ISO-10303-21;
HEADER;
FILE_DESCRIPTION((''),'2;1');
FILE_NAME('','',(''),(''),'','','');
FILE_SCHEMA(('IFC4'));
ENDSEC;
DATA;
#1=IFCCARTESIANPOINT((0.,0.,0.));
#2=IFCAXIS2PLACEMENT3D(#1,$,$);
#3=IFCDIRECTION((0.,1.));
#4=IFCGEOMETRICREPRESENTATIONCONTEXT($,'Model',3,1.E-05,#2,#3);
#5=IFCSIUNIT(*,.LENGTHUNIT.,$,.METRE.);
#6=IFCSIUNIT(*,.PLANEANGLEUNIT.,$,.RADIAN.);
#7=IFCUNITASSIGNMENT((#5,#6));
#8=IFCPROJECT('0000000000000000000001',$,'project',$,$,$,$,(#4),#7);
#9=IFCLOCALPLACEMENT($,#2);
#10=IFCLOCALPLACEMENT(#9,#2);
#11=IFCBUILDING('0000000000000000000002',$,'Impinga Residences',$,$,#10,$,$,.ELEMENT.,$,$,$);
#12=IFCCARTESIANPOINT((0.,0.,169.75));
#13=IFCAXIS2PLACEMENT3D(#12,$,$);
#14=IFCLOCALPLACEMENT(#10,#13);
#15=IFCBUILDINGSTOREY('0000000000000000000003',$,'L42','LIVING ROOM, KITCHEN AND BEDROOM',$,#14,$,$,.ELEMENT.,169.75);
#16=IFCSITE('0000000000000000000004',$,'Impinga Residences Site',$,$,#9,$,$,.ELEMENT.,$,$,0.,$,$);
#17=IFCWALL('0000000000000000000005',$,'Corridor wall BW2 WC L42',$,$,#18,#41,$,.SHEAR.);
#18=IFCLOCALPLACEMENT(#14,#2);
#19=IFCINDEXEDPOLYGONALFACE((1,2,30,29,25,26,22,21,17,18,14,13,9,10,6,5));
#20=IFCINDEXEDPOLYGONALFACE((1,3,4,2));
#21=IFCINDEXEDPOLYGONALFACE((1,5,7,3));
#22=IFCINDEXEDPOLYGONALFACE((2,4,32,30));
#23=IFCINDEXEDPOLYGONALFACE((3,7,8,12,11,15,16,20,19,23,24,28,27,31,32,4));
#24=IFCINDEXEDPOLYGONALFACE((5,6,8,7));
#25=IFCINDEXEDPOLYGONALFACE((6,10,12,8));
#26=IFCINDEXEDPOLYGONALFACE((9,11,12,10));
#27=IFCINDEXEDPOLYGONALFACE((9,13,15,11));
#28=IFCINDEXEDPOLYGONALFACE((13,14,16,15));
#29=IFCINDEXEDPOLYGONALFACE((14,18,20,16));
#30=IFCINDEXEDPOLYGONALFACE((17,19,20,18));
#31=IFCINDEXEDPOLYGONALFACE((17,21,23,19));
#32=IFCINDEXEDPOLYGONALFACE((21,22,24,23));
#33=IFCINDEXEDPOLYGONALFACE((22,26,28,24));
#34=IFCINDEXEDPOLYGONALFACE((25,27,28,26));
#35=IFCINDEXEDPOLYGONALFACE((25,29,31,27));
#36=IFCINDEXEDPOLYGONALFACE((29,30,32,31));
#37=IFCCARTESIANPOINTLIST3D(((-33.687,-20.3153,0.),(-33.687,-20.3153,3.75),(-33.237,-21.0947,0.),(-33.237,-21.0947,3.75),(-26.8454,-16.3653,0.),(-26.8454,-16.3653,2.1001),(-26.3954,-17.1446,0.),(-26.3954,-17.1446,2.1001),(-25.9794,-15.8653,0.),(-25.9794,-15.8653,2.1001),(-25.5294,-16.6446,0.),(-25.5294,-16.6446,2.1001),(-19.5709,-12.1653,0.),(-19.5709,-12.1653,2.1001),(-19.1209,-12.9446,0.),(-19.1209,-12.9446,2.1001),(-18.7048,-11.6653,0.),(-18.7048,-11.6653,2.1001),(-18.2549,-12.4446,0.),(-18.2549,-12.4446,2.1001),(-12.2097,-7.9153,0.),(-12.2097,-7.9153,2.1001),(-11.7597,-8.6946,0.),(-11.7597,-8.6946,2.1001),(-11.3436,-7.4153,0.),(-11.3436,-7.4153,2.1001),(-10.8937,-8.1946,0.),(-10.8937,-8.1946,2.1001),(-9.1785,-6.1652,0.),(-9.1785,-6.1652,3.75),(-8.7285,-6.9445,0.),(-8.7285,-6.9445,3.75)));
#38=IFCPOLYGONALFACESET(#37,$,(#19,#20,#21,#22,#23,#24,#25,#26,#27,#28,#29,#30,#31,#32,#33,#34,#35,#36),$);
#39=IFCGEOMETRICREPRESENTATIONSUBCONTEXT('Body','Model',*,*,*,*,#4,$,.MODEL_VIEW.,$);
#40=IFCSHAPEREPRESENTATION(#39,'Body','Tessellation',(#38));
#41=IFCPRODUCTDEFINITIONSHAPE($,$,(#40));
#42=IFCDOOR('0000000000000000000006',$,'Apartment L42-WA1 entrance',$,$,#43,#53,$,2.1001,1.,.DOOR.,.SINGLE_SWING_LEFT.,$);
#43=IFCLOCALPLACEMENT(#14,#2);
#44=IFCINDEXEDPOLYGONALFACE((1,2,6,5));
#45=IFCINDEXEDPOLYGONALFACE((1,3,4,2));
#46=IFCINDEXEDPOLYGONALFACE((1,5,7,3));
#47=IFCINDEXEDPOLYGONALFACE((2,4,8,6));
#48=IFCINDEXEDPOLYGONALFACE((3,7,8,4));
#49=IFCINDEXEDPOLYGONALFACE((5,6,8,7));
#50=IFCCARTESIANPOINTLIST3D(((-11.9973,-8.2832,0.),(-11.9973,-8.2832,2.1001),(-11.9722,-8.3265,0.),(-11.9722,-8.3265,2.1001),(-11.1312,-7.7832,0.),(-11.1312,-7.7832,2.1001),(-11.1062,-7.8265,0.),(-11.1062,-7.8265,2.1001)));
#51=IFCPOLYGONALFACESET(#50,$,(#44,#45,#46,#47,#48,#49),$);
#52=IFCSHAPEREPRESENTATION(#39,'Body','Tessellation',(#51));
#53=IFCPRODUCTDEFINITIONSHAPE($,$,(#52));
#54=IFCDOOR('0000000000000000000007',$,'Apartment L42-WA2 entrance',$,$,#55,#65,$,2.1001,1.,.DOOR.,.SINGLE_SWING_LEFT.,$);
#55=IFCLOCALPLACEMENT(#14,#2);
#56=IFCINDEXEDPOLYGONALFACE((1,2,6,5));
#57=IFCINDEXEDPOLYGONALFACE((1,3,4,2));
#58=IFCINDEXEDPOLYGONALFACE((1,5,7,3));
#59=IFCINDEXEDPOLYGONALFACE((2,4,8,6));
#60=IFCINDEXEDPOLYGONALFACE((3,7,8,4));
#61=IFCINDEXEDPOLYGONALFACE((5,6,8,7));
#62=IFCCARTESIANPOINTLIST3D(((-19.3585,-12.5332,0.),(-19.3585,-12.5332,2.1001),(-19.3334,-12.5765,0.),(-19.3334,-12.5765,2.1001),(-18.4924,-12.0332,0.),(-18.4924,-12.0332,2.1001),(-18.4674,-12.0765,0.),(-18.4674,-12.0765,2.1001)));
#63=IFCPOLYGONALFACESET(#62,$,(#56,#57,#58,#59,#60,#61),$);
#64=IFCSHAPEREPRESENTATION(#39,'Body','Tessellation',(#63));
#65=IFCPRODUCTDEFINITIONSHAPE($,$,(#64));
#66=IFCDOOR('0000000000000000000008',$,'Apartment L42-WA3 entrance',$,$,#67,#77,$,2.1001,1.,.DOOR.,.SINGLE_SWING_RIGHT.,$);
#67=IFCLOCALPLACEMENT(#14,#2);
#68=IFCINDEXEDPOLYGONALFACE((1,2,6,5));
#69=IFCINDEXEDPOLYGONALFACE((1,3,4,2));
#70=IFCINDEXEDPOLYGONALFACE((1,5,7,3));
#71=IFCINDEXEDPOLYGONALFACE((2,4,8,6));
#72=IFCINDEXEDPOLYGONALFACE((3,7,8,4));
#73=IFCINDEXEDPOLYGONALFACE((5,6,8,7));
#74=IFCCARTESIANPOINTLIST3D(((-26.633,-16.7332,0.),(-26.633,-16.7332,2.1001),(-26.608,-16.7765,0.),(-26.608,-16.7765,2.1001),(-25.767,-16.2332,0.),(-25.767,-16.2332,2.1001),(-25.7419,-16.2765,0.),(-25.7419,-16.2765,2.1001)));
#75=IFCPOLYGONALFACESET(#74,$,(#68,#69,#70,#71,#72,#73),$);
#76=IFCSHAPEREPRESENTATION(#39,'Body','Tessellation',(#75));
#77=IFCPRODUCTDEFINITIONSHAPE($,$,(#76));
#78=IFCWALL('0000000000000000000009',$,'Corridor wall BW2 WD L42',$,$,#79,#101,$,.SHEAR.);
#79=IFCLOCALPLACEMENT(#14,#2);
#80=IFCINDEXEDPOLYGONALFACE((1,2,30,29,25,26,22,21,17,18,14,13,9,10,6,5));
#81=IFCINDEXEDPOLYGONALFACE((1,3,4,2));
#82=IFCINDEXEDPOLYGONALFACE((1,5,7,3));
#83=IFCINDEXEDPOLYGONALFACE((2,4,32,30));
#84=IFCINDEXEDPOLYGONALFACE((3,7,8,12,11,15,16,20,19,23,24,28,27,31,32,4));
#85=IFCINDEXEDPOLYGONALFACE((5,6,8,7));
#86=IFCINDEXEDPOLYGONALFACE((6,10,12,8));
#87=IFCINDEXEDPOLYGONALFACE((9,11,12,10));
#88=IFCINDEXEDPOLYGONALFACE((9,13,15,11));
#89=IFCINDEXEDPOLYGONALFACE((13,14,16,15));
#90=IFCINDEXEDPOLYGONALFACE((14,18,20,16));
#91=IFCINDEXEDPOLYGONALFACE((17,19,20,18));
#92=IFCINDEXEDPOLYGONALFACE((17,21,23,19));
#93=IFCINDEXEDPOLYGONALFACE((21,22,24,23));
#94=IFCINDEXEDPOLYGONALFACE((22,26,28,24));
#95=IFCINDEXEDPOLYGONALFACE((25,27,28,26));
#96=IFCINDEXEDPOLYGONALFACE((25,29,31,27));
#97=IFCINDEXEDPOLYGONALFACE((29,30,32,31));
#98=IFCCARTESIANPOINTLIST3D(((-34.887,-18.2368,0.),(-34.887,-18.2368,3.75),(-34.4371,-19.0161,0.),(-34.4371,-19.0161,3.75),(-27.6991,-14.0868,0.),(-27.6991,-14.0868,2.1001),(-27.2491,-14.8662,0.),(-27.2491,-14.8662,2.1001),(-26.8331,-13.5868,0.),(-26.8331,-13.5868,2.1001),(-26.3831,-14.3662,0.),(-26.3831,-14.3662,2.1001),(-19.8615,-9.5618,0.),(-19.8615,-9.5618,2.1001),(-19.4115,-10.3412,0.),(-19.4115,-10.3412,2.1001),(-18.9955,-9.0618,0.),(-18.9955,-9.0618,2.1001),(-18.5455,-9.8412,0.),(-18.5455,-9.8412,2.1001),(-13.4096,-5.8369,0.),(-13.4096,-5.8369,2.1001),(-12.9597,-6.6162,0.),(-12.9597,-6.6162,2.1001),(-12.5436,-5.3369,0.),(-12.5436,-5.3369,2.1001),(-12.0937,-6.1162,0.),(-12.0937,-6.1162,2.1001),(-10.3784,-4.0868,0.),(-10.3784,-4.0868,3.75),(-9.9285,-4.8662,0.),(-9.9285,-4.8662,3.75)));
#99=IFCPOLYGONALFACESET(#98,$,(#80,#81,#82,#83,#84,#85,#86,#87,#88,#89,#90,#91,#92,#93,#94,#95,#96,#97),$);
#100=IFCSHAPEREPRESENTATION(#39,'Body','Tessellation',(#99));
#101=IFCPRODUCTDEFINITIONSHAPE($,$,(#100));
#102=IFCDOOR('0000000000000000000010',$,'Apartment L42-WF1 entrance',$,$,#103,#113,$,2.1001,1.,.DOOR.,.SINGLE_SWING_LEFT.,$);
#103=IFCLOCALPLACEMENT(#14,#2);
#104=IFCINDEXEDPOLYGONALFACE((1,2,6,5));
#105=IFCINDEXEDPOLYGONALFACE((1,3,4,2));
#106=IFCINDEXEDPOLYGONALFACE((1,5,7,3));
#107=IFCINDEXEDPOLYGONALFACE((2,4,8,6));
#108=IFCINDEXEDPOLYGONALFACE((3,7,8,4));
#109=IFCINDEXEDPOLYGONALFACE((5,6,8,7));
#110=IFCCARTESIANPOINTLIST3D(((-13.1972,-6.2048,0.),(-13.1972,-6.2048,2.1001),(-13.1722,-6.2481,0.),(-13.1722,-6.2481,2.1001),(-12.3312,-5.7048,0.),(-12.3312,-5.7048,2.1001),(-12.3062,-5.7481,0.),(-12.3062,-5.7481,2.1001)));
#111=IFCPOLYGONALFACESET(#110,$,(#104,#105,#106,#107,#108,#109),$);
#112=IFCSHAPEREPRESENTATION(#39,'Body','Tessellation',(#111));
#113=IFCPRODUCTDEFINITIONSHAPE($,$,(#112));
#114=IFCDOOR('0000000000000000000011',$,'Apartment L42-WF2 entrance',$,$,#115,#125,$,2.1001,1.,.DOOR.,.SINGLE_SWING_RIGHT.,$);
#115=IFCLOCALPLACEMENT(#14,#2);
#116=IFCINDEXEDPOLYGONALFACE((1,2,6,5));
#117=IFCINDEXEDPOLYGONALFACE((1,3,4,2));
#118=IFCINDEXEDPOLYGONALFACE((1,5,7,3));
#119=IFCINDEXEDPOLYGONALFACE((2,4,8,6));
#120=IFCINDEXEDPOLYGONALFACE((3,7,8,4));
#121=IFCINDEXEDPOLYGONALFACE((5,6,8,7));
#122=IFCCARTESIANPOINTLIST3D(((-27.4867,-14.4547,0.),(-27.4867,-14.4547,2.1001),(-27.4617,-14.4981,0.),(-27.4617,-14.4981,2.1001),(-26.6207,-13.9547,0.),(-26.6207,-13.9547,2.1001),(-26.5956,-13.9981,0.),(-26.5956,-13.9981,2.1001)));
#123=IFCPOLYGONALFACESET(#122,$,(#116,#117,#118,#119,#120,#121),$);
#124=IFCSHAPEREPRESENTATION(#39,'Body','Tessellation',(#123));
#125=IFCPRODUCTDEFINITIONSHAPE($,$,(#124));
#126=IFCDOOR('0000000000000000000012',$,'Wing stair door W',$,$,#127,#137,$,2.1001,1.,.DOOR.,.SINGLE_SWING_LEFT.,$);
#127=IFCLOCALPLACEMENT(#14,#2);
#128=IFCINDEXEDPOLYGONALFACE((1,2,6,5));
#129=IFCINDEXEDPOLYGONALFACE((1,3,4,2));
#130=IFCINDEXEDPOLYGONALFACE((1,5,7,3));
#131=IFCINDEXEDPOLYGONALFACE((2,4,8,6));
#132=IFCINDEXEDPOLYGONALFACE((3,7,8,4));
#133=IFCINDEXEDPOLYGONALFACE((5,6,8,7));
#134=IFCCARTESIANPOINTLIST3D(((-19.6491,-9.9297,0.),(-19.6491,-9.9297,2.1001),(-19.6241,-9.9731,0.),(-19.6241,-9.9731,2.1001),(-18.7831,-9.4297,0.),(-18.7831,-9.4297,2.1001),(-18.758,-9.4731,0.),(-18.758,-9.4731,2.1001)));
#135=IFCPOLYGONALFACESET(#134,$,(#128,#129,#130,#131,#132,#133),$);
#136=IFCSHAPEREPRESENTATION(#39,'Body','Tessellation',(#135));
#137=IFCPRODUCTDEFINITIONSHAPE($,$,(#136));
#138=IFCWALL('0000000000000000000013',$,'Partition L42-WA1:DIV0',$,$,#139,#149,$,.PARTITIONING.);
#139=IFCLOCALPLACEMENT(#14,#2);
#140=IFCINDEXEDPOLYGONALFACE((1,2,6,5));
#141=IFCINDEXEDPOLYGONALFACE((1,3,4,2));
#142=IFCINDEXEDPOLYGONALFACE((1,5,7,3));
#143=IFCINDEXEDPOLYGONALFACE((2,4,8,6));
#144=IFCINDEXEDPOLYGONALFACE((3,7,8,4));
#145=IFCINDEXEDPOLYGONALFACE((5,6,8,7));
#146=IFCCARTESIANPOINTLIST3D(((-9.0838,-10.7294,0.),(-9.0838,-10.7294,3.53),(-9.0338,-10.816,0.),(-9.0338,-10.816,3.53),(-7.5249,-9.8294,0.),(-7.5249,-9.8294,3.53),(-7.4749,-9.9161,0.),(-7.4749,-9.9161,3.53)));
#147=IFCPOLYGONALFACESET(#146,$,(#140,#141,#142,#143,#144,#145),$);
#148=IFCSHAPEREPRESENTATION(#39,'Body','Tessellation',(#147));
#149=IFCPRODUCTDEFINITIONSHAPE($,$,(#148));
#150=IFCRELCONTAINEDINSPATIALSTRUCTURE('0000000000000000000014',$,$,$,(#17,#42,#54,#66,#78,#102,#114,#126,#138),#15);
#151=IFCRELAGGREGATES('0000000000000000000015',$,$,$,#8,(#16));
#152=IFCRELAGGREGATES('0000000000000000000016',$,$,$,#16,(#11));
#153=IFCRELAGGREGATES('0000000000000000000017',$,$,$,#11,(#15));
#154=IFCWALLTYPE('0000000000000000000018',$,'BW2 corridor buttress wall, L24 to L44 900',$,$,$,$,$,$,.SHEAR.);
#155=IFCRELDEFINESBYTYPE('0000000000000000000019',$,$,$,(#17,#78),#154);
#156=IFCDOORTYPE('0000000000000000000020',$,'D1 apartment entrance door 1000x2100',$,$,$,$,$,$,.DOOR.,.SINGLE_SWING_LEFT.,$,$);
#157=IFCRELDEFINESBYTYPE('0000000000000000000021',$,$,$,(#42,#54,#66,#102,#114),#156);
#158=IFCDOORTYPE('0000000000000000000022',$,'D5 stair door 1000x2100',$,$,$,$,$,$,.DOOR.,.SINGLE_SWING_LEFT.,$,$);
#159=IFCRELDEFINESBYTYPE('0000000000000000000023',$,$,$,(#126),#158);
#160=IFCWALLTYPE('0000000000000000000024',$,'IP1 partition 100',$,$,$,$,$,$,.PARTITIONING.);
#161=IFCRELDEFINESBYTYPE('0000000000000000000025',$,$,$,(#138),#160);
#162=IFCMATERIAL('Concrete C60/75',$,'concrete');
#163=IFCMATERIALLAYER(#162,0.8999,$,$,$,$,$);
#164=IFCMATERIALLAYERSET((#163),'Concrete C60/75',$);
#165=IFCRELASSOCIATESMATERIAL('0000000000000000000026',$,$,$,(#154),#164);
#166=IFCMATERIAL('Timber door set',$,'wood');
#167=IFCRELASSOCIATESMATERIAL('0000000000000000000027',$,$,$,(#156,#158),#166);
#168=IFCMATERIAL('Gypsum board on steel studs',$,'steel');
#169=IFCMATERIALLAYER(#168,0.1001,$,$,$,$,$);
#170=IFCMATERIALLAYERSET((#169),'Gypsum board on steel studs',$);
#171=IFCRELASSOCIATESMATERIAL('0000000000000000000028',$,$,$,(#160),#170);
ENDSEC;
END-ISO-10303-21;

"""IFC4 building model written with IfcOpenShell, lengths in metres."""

from ifc_helpers import new_model, si_unit, direction, frame, frame_2d, origin, place, context, subcontext, project, spatial, rectangle, extrude, material, layer, layer_set, type_object, element, fill, save


model = new_model("IFC4")

# Units and contexts
model_context = context("Model", 3, precision=1e-05, world=origin(), true_north=direction((0.0, 1.0)))
body_context = subcontext(model_context, "Body", "Model", "MODEL_VIEW")
ifc_project = project(units=[si_unit("LENGTHUNIT", "METRE"), si_unit("PLANEANGLEUNIT", "RADIAN")], contexts=[model_context])

# Site, building, storey
site_placement = place(None, origin())
site = spatial("IfcSite", under=ifc_project, at=site_placement, Name="Impinga Residences Site", CompositionType="ELEMENT", RefElevation=0.0)
building_placement = place(site_placement, origin())
building = spatial("IfcBuilding", under=site, at=building_placement, Name="Impinga Residences", CompositionType="ELEMENT")
storey_placement = place(building_placement, frame((0.0, 0.0, 169.75)))
storey = spatial("IfcBuildingStorey", under=building, at=storey_placement, Name="L42", Description="LIVING ROOM, KITCHEN AND BEDROOM", CompositionType="ELEMENT", Elevation=169.75)

# Walls, openings, doors
ifc_material_1 = material(Name="Concrete C60/75", Category="concrete")
ifc_layer_1 = layer(ifc_material_1, 0.8999)
ifc_layer_set_1 = layer_set([ifc_layer_1], Name="Concrete C60/75")
wall_type_1 = type_object("IfcWallType", Name="BW2 corridor buttress wall, L24 to L44 900", PredefinedType="SHEAR", material=ifc_layer_set_1)
wall_1_placement = place(storey_placement, frame((-8.9536, -6.5549, 0.0), z_axis=(0.0, 0.0, 1.0), x_axis=(-0.866023, -0.500003, 0.0)))
wall_1 = element("IfcWall", 1, at=wall_1_placement, inside=storey, type_object=wall_type_1, Name="Corridor wall BW2 WC L42", PredefinedType="SHEAR", context=body_context, shape_type="SweptSolid", body=[
    extrude(rectangle(XDim=28.3, YDim=0.8999, at=frame_2d((14.1499, 0.0))), origin(), (0.0, 0.0, 1.0), 3.75),
])
opening_1_placement = place(wall_1_placement, frame((2.5, 0.0, 0.0)))
opening_1 = element("IfcOpeningElement", 2, at=opening_1_placement, cuts=wall_1, PredefinedType="OPENING", context=body_context, shape_type="SweptSolid", body=[
    extrude(rectangle(XDim=1.0, YDim=2.1001, at=frame_2d((0.5, 1.05))), frame((0.0, 0.46, 0.0), z_axis=(0.0, -1.0, 0.0), x_axis=(1.0, 0.0, 0.0)), (0.0, 0.0, 1.0), 0.9199),
])
opening_2_placement = place(wall_1_placement, frame((11.0, 0.0, 0.0)))
opening_2 = element("IfcOpeningElement", 3, at=opening_2_placement, cuts=wall_1, PredefinedType="OPENING", context=body_context, shape_type="SweptSolid", body=[
    extrude(rectangle(XDim=1.0, YDim=2.1001, at=frame_2d((0.5, 1.05))), frame((0.0, 0.46, 0.0), z_axis=(0.0, -1.0, 0.0), x_axis=(1.0, 0.0, 0.0)), (0.0, 0.0, 1.0), 0.9199),
])
opening_3_placement = place(wall_1_placement, frame((19.3999, 0.0, 0.0)))
opening_3 = element("IfcOpeningElement", 4, at=opening_3_placement, cuts=wall_1, PredefinedType="OPENING", context=body_context, shape_type="SweptSolid", body=[
    extrude(rectangle(XDim=1.0, YDim=2.1001, at=frame_2d((0.5, 1.05))), frame((0.0, 0.46, 0.0), z_axis=(0.0, -1.0, 0.0), x_axis=(1.0, 0.0, 0.0)), (0.0, 0.0, 1.0), 0.9199),
])
ifc_material_2 = material(Name="Timber door set", Category="wood")
door_type_1 = type_object("IfcDoorType", Name="D1 apartment entrance door 1000x2100", OperationType="SINGLE_SWING_LEFT", PredefinedType="DOOR", material=ifc_material_2)
door_1_placement = place(opening_1_placement, origin())
door_1 = element("IfcDoor", 5, at=door_1_placement, inside=storey, type_object=door_type_1, Name="Apartment L42-WA1 entrance", OperationType="SINGLE_SWING_LEFT", OverallHeight=2.1001, OverallWidth=1.0, PredefinedType="DOOR", context=body_context, shape_type="SweptSolid", body=[
    extrude(rectangle(XDim=1.0, YDim=2.1001, at=frame_2d((0.5, 1.05))), frame((0.0, 0.0249, 0.0), z_axis=(0.0, -1.0, 0.0), x_axis=(1.0, 0.0, 0.0)), (0.0, 0.0, 1.0), 0.05),
])
fill(opening_1, door_1)
door_2_placement = place(opening_2_placement, origin())
door_2 = element("IfcDoor", 6, at=door_2_placement, inside=storey, type_object=door_type_1, Name="Apartment L42-WA2 entrance", OperationType="SINGLE_SWING_LEFT", OverallHeight=2.1001, OverallWidth=1.0, PredefinedType="DOOR", context=body_context, shape_type="SweptSolid", body=[
    extrude(rectangle(XDim=1.0, YDim=2.1001, at=frame_2d((0.5, 1.05))), frame((0.0, 0.0249, 0.0), z_axis=(0.0, -1.0, 0.0), x_axis=(1.0, 0.0, 0.0)), (0.0, 0.0, 1.0), 0.05),
])
fill(opening_2, door_2)
door_3_placement = place(opening_3_placement, origin())
door_3 = element("IfcDoor", 7, at=door_3_placement, inside=storey, type_object=door_type_1, Name="Apartment L42-WA3 entrance", OperationType="SINGLE_SWING_RIGHT", OverallHeight=2.1001, OverallWidth=1.0, PredefinedType="DOOR", context=body_context, shape_type="SweptSolid", body=[
    extrude(rectangle(XDim=1.0, YDim=2.1001, at=frame_2d((0.5, 1.05))), frame((0.0, 0.0249, 0.0), z_axis=(0.0, -1.0, 0.0), x_axis=(1.0, 0.0, 0.0)), (0.0, 0.0, 1.0), 0.05),
])
fill(opening_3, door_3)
wall_2_placement = place(storey_placement, frame((-10.1536, -4.4766, 0.0), z_axis=(0.0, 0.0, 1.0), x_axis=(-0.866027, -0.499997, 0.0)))
wall_2 = element("IfcWall", 8, at=wall_2_placement, inside=storey, type_object=wall_type_1, Name="Corridor wall BW2 WD L42", PredefinedType="SHEAR", context=body_context, shape_type="SweptSolid", body=[
    extrude(rectangle(XDim=28.3, YDim=0.8999, at=frame_2d((14.1499, 0.0))), origin(), (0.0, 0.0, 1.0), 3.75),
])
opening_4_placement = place(wall_2_placement, frame((9.95, 0.0, 0.0)))
opening_4 = element("IfcOpeningElement", 9, at=opening_4_placement, cuts=wall_2, PredefinedType="OPENING", context=body_context, shape_type="SweptSolid", body=[
    extrude(rectangle(XDim=1.0, YDim=2.1001, at=frame_2d((0.5, 1.05))), frame((0.0, 0.46, 0.0), z_axis=(0.0, -1.0, 0.0), x_axis=(1.0, 0.0, 0.0)), (0.0, 0.0, 1.0), 0.9199),
])
opening_5_placement = place(wall_2_placement, frame((2.5, 0.0, 0.0)))
opening_5 = element("IfcOpeningElement", 10, at=opening_5_placement, cuts=wall_2, PredefinedType="OPENING", context=body_context, shape_type="SweptSolid", body=[
    extrude(rectangle(XDim=1.0, YDim=2.1001, at=frame_2d((0.5, 1.05))), frame((0.0, 0.46, 0.0), z_axis=(0.0, -1.0, 0.0), x_axis=(1.0, 0.0, 0.0)), (0.0, 0.0, 1.0), 0.9199),
])
opening_6_placement = place(wall_2_placement, frame((19.0, 0.0, 0.0)))
opening_6 = element("IfcOpeningElement", 11, at=opening_6_placement, cuts=wall_2, PredefinedType="OPENING", context=body_context, shape_type="SweptSolid", body=[
    extrude(rectangle(XDim=1.0, YDim=2.1001, at=frame_2d((0.5, 1.05))), frame((0.0, 0.46, 0.0), z_axis=(0.0, -1.0, 0.0), x_axis=(1.0, 0.0, 0.0)), (0.0, 0.0, 1.0), 0.9199),
])
door_4_placement = place(opening_5_placement, origin())
door_4 = element("IfcDoor", 12, at=door_4_placement, inside=storey, type_object=door_type_1, Name="Apartment L42-WF1 entrance", OperationType="SINGLE_SWING_LEFT", OverallHeight=2.1001, OverallWidth=1.0, PredefinedType="DOOR", context=body_context, shape_type="SweptSolid", body=[
    extrude(rectangle(XDim=1.0, YDim=2.1001, at=frame_2d((0.5, 1.05))), frame((0.0, 0.0249, 0.0), z_axis=(0.0, -1.0, 0.0), x_axis=(1.0, 0.0, 0.0)), (0.0, 0.0, 1.0), 0.05),
])
fill(opening_5, door_4)
door_5_placement = place(opening_6_placement, origin())
door_5 = element("IfcDoor", 13, at=door_5_placement, inside=storey, type_object=door_type_1, Name="Apartment L42-WF2 entrance", OperationType="SINGLE_SWING_RIGHT", OverallHeight=2.1001, OverallWidth=1.0, PredefinedType="DOOR", context=body_context, shape_type="SweptSolid", body=[
    extrude(rectangle(XDim=1.0, YDim=2.1001, at=frame_2d((0.5, 1.05))), frame((0.0, 0.0249, 0.0), z_axis=(0.0, -1.0, 0.0), x_axis=(1.0, 0.0, 0.0)), (0.0, 0.0, 1.0), 0.05),
])
fill(opening_6, door_5)
door_type_2 = type_object("IfcDoorType", Name="D5 stair door 1000x2100", OperationType="SINGLE_SWING_LEFT", PredefinedType="DOOR", material=ifc_material_2)
door_6_placement = place(opening_4_placement, origin())
door_6 = element("IfcDoor", 14, at=door_6_placement, inside=storey, type_object=door_type_2, Name="Wing stair door W", OperationType="SINGLE_SWING_LEFT", OverallHeight=2.1001, OverallWidth=1.0, PredefinedType="DOOR", context=body_context, shape_type="SweptSolid", body=[
    extrude(rectangle(XDim=1.0, YDim=2.1001, at=frame_2d((0.5, 1.05))), frame((0.0, 0.0249, 0.0), z_axis=(0.0, -1.0, 0.0), x_axis=(1.0, 0.0, 0.0)), (0.0, 0.0, 1.0), 0.05),
])
fill(opening_4, door_6)

# Wall
ifc_material_3 = material(Name="Gypsum board on steel studs", Category="steel")
ifc_layer_2 = layer(ifc_material_3, 0.1001)
ifc_layer_set_2 = layer_set([ifc_layer_2], Name="Gypsum board on steel studs")
wall_type_2 = type_object("IfcWallType", Name="IP1 partition 100", PredefinedType="PARTITIONING", material=ifc_layer_set_2)
wall_3_placement = place(storey_placement, frame((-7.5, -9.8728, 0.0), z_axis=(0.0, 0.0, 1.0), x_axis=(-0.866048, -0.499961, 0.0)))
element("IfcWall", 15, at=wall_3_placement, inside=storey, type_object=wall_type_2, Name="Partition L42-WA1:DIV0", PredefinedType="PARTITIONING", context=body_context, shape_type="SweptSolid", body=[
    extrude(rectangle(XDim=1.8, YDim=0.1001, at=frame_2d((0.8999, 0.0))), origin(), (0.0, 0.0, 1.0), 3.53),
])

save(model, "model.ifc")
